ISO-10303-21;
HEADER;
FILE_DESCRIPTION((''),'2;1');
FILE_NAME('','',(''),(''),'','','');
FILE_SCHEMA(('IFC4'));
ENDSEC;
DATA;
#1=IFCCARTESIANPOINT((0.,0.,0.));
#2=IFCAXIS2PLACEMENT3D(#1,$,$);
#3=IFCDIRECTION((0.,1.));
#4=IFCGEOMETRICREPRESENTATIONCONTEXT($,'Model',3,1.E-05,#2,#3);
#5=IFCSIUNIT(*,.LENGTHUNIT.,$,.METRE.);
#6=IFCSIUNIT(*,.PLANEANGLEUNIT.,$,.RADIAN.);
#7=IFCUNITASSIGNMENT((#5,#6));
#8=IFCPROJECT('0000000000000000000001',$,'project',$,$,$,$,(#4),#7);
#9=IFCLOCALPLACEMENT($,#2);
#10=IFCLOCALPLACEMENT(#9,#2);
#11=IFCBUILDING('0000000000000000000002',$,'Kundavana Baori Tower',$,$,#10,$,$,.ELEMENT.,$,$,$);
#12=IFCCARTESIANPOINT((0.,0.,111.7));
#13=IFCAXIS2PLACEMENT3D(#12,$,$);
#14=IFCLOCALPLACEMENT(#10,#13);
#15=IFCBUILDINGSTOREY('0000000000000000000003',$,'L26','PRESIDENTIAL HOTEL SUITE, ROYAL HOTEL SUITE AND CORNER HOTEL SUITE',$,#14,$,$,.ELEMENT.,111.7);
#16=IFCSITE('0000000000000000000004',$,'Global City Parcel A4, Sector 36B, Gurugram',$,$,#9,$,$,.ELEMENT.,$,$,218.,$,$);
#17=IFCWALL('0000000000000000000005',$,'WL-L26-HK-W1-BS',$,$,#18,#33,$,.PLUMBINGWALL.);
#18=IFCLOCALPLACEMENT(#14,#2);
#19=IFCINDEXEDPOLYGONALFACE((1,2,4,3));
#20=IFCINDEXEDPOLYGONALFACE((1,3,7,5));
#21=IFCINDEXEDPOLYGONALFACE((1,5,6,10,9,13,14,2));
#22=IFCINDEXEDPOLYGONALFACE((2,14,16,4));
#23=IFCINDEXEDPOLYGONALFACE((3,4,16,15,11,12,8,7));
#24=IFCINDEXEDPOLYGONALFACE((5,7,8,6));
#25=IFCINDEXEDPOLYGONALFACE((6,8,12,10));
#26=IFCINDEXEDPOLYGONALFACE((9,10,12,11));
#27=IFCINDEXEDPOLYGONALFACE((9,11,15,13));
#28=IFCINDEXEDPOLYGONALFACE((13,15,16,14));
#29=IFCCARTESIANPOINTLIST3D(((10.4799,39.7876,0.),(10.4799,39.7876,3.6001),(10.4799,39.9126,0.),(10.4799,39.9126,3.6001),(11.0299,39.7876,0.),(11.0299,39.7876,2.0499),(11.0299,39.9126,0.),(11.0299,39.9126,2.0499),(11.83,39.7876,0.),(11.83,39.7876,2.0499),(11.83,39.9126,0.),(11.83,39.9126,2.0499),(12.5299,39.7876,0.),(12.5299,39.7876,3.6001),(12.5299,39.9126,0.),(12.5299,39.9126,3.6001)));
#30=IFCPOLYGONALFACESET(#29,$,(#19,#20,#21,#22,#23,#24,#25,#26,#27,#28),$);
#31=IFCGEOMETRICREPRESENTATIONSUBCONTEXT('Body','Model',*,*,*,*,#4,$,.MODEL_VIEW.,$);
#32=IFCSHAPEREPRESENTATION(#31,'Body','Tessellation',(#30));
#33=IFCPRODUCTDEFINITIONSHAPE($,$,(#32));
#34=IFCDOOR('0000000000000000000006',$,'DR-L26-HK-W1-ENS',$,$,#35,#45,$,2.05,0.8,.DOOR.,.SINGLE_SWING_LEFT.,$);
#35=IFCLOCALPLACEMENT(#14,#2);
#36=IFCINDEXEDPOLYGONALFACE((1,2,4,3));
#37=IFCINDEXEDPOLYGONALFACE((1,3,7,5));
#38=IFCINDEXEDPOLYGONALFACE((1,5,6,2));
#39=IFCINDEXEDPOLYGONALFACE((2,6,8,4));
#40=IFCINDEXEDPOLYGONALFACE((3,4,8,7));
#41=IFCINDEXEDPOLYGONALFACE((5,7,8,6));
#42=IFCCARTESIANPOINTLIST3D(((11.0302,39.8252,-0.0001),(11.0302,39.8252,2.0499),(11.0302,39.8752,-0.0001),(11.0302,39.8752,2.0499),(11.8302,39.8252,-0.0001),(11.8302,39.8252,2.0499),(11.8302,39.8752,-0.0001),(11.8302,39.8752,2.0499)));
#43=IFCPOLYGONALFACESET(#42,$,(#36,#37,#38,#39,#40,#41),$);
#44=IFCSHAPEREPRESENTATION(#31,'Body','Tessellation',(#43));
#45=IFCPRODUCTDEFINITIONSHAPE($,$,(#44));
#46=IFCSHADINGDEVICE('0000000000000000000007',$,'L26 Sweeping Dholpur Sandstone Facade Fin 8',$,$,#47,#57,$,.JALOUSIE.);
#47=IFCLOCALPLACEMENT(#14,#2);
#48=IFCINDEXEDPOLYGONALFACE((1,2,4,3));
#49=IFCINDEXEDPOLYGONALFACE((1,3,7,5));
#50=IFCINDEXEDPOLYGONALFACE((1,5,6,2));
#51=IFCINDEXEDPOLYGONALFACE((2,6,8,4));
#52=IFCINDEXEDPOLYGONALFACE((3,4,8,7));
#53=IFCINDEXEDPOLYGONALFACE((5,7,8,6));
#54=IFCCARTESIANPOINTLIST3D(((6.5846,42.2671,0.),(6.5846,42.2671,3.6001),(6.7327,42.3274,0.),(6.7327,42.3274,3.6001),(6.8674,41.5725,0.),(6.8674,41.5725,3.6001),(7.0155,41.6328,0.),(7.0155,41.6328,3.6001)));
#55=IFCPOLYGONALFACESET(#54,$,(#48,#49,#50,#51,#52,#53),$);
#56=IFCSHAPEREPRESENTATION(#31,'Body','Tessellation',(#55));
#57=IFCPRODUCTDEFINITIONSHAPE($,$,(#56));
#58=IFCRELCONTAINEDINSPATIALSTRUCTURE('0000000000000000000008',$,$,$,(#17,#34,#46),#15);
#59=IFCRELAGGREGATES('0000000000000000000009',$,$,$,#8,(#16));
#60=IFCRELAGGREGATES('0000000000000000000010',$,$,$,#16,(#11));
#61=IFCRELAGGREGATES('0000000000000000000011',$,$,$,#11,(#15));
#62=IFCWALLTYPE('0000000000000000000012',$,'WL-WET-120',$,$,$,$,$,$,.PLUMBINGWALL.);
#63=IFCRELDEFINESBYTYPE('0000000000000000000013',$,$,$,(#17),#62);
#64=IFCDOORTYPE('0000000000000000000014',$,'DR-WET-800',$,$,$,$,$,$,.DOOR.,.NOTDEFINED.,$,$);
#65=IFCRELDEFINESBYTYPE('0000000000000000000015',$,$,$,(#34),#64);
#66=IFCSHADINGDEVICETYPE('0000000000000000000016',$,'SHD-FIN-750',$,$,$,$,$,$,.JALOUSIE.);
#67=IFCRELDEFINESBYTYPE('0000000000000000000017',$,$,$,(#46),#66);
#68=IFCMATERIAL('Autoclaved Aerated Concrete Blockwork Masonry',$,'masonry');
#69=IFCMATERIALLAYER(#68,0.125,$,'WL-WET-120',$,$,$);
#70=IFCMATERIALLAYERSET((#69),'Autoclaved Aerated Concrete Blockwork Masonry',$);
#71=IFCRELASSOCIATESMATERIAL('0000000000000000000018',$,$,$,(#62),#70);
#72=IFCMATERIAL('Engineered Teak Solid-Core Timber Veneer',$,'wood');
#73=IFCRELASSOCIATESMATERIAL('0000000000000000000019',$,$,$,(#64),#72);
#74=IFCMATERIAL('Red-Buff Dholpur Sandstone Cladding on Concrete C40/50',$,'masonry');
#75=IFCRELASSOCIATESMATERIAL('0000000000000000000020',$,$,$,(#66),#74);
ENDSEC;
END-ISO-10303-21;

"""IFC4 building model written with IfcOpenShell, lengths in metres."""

from ifc_helpers import new_model, si_unit, direction, frame, frame_2d, origin, origin_2d, place, context, subcontext, project, spatial, rectangle, extrude, material, layer, layer_set, type_object, element, fill, save


model = new_model("IFC4")

# Units and contexts
model_context = context("Model", 3, precision=1e-05, world=origin(), true_north=direction((0.0, 1.0)))
body_context = subcontext(model_context, "Body", "Model", "MODEL_VIEW")
ifc_project = project(units=[si_unit("LENGTHUNIT", "METRE"), si_unit("PLANEANGLEUNIT", "RADIAN")], contexts=[model_context])

# Site, building, storey
site_placement = place(None, origin())
site = spatial("IfcSite", under=ifc_project, at=site_placement, Name="Global City Parcel A4, Sector 36B, Gurugram", CompositionType="ELEMENT", RefElevation=218.0)
building_placement = place(site_placement, origin())
building = spatial("IfcBuilding", under=site, at=building_placement, Name="Kundavana Baori Tower", CompositionType="ELEMENT")
storey_placement = place(building_placement, frame((0.0, 0.0, 111.7)))
storey = spatial("IfcBuildingStorey", under=building, at=storey_placement, Name="L26", Description="PRESIDENTIAL HOTEL SUITE, ROYAL HOTEL SUITE AND CORNER HOTEL SUITE", CompositionType="ELEMENT", Elevation=111.7)

# Shared definitions
ifc_material_1 = material(Name="Autoclaved Aerated Concrete Blockwork Masonry", Category="masonry")
ifc_layer_1 = layer(ifc_material_1, 0.125, Name="WL-WET-120")
ifc_layer_set_1 = layer_set([ifc_layer_1], Name="Autoclaved Aerated Concrete Blockwork Masonry")
wall_type_1 = type_object("IfcWallType", Name="WL-WET-120", PredefinedType="PLUMBINGWALL", material=ifc_layer_set_1)

# Wall, opening, door
wall_1_placement = place(storey_placement, frame((10.48, 39.8501, 0.0), z_axis=(0.0, 0.0, 1.0), x_axis=(1.0, 0.0, 0.0)))
wall_1 = element("IfcWall", 1, at=wall_1_placement, inside=storey, type_object=wall_type_1, Name="WL-L26-HK-W1-BS", PredefinedType="PLUMBINGWALL", context=body_context, shape_type="SweptSolid", body=[
    extrude(rectangle(XDim=2.05, YDim=0.125, at=frame_2d((1.0249, 0.0))), origin(), (0.0, 0.0, 1.0), 3.6001),
])
opening_1_placement = place(wall_1_placement, frame((0.55, 0.0, 0.0)))
opening_1 = element("IfcOpeningElement", 2, at=opening_1_placement, cuts=wall_1, PredefinedType="OPENING", context=body_context, shape_type="SweptSolid", body=[
    extrude(rectangle(XDim=0.8, YDim=2.05, at=frame_2d((0.3999, 1.0249))), frame((0.0, 0.0725, 0.0), z_axis=(0.0, -1.0, 0.0), x_axis=(1.0, 0.0, 0.0)), (0.0, 0.0, 1.0), 0.145),
])
ifc_material_2 = material(Name="Engineered Teak Solid-Core Timber Veneer", Category="wood")
door_type_1 = type_object("IfcDoorType", Name="DR-WET-800", OperationType="NOTDEFINED", PredefinedType="DOOR", material=ifc_material_2)
door_1_placement = place(opening_1_placement, frame((0.8, 0.0, 0.0), z_axis=(0.0, 0.0, 1.0), x_axis=(-1.0, 0.0, 0.0)))
door_1 = element("IfcDoor", 3, at=door_1_placement, inside=storey, type_object=door_type_1, Name="DR-L26-HK-W1-ENS", OperationType="SINGLE_SWING_LEFT", OverallHeight=2.05, OverallWidth=0.8, PredefinedType="DOOR", context=body_context, shape_type="SweptSolid", body=[
    extrude(rectangle(XDim=0.8, YDim=2.05, at=frame_2d((0.3999, 1.0249))), frame((0.0, 0.0249, 0.0), z_axis=(0.0, -1.0, 0.0), x_axis=(1.0, 0.0, 0.0)), (0.0, 0.0, 1.0), 0.05),
])
fill(opening_1, door_1)

# Shading device
ifc_material_3 = material(Name="Red-Buff Dholpur Sandstone Cladding on Concrete C40/50", Category="masonry")
shading_device_type = type_object("IfcShadingDeviceType", Name="SHD-FIN-750", PredefinedType="JALOUSIE", material=ifc_material_3)
shading_device_placement = place(storey_placement, frame((6.8, 41.95, 0.0), z_axis=(0.0, 0.0, 1.0), x_axis=(0.926134, 0.377194, 0.0)))
element("IfcShadingDevice", 4, at=shading_device_placement, inside=storey, type_object=shading_device_type, Name="L26 Sweeping Dholpur Sandstone Facade Fin 8", PredefinedType="JALOUSIE", context=body_context, shape_type="SweptSolid", body=[
    extrude(rectangle(XDim=0.1599, YDim=0.75, at=origin_2d()), origin(), (0.0, 0.0, 1.0), 3.6001),
])

save(model, "model.ifc")
